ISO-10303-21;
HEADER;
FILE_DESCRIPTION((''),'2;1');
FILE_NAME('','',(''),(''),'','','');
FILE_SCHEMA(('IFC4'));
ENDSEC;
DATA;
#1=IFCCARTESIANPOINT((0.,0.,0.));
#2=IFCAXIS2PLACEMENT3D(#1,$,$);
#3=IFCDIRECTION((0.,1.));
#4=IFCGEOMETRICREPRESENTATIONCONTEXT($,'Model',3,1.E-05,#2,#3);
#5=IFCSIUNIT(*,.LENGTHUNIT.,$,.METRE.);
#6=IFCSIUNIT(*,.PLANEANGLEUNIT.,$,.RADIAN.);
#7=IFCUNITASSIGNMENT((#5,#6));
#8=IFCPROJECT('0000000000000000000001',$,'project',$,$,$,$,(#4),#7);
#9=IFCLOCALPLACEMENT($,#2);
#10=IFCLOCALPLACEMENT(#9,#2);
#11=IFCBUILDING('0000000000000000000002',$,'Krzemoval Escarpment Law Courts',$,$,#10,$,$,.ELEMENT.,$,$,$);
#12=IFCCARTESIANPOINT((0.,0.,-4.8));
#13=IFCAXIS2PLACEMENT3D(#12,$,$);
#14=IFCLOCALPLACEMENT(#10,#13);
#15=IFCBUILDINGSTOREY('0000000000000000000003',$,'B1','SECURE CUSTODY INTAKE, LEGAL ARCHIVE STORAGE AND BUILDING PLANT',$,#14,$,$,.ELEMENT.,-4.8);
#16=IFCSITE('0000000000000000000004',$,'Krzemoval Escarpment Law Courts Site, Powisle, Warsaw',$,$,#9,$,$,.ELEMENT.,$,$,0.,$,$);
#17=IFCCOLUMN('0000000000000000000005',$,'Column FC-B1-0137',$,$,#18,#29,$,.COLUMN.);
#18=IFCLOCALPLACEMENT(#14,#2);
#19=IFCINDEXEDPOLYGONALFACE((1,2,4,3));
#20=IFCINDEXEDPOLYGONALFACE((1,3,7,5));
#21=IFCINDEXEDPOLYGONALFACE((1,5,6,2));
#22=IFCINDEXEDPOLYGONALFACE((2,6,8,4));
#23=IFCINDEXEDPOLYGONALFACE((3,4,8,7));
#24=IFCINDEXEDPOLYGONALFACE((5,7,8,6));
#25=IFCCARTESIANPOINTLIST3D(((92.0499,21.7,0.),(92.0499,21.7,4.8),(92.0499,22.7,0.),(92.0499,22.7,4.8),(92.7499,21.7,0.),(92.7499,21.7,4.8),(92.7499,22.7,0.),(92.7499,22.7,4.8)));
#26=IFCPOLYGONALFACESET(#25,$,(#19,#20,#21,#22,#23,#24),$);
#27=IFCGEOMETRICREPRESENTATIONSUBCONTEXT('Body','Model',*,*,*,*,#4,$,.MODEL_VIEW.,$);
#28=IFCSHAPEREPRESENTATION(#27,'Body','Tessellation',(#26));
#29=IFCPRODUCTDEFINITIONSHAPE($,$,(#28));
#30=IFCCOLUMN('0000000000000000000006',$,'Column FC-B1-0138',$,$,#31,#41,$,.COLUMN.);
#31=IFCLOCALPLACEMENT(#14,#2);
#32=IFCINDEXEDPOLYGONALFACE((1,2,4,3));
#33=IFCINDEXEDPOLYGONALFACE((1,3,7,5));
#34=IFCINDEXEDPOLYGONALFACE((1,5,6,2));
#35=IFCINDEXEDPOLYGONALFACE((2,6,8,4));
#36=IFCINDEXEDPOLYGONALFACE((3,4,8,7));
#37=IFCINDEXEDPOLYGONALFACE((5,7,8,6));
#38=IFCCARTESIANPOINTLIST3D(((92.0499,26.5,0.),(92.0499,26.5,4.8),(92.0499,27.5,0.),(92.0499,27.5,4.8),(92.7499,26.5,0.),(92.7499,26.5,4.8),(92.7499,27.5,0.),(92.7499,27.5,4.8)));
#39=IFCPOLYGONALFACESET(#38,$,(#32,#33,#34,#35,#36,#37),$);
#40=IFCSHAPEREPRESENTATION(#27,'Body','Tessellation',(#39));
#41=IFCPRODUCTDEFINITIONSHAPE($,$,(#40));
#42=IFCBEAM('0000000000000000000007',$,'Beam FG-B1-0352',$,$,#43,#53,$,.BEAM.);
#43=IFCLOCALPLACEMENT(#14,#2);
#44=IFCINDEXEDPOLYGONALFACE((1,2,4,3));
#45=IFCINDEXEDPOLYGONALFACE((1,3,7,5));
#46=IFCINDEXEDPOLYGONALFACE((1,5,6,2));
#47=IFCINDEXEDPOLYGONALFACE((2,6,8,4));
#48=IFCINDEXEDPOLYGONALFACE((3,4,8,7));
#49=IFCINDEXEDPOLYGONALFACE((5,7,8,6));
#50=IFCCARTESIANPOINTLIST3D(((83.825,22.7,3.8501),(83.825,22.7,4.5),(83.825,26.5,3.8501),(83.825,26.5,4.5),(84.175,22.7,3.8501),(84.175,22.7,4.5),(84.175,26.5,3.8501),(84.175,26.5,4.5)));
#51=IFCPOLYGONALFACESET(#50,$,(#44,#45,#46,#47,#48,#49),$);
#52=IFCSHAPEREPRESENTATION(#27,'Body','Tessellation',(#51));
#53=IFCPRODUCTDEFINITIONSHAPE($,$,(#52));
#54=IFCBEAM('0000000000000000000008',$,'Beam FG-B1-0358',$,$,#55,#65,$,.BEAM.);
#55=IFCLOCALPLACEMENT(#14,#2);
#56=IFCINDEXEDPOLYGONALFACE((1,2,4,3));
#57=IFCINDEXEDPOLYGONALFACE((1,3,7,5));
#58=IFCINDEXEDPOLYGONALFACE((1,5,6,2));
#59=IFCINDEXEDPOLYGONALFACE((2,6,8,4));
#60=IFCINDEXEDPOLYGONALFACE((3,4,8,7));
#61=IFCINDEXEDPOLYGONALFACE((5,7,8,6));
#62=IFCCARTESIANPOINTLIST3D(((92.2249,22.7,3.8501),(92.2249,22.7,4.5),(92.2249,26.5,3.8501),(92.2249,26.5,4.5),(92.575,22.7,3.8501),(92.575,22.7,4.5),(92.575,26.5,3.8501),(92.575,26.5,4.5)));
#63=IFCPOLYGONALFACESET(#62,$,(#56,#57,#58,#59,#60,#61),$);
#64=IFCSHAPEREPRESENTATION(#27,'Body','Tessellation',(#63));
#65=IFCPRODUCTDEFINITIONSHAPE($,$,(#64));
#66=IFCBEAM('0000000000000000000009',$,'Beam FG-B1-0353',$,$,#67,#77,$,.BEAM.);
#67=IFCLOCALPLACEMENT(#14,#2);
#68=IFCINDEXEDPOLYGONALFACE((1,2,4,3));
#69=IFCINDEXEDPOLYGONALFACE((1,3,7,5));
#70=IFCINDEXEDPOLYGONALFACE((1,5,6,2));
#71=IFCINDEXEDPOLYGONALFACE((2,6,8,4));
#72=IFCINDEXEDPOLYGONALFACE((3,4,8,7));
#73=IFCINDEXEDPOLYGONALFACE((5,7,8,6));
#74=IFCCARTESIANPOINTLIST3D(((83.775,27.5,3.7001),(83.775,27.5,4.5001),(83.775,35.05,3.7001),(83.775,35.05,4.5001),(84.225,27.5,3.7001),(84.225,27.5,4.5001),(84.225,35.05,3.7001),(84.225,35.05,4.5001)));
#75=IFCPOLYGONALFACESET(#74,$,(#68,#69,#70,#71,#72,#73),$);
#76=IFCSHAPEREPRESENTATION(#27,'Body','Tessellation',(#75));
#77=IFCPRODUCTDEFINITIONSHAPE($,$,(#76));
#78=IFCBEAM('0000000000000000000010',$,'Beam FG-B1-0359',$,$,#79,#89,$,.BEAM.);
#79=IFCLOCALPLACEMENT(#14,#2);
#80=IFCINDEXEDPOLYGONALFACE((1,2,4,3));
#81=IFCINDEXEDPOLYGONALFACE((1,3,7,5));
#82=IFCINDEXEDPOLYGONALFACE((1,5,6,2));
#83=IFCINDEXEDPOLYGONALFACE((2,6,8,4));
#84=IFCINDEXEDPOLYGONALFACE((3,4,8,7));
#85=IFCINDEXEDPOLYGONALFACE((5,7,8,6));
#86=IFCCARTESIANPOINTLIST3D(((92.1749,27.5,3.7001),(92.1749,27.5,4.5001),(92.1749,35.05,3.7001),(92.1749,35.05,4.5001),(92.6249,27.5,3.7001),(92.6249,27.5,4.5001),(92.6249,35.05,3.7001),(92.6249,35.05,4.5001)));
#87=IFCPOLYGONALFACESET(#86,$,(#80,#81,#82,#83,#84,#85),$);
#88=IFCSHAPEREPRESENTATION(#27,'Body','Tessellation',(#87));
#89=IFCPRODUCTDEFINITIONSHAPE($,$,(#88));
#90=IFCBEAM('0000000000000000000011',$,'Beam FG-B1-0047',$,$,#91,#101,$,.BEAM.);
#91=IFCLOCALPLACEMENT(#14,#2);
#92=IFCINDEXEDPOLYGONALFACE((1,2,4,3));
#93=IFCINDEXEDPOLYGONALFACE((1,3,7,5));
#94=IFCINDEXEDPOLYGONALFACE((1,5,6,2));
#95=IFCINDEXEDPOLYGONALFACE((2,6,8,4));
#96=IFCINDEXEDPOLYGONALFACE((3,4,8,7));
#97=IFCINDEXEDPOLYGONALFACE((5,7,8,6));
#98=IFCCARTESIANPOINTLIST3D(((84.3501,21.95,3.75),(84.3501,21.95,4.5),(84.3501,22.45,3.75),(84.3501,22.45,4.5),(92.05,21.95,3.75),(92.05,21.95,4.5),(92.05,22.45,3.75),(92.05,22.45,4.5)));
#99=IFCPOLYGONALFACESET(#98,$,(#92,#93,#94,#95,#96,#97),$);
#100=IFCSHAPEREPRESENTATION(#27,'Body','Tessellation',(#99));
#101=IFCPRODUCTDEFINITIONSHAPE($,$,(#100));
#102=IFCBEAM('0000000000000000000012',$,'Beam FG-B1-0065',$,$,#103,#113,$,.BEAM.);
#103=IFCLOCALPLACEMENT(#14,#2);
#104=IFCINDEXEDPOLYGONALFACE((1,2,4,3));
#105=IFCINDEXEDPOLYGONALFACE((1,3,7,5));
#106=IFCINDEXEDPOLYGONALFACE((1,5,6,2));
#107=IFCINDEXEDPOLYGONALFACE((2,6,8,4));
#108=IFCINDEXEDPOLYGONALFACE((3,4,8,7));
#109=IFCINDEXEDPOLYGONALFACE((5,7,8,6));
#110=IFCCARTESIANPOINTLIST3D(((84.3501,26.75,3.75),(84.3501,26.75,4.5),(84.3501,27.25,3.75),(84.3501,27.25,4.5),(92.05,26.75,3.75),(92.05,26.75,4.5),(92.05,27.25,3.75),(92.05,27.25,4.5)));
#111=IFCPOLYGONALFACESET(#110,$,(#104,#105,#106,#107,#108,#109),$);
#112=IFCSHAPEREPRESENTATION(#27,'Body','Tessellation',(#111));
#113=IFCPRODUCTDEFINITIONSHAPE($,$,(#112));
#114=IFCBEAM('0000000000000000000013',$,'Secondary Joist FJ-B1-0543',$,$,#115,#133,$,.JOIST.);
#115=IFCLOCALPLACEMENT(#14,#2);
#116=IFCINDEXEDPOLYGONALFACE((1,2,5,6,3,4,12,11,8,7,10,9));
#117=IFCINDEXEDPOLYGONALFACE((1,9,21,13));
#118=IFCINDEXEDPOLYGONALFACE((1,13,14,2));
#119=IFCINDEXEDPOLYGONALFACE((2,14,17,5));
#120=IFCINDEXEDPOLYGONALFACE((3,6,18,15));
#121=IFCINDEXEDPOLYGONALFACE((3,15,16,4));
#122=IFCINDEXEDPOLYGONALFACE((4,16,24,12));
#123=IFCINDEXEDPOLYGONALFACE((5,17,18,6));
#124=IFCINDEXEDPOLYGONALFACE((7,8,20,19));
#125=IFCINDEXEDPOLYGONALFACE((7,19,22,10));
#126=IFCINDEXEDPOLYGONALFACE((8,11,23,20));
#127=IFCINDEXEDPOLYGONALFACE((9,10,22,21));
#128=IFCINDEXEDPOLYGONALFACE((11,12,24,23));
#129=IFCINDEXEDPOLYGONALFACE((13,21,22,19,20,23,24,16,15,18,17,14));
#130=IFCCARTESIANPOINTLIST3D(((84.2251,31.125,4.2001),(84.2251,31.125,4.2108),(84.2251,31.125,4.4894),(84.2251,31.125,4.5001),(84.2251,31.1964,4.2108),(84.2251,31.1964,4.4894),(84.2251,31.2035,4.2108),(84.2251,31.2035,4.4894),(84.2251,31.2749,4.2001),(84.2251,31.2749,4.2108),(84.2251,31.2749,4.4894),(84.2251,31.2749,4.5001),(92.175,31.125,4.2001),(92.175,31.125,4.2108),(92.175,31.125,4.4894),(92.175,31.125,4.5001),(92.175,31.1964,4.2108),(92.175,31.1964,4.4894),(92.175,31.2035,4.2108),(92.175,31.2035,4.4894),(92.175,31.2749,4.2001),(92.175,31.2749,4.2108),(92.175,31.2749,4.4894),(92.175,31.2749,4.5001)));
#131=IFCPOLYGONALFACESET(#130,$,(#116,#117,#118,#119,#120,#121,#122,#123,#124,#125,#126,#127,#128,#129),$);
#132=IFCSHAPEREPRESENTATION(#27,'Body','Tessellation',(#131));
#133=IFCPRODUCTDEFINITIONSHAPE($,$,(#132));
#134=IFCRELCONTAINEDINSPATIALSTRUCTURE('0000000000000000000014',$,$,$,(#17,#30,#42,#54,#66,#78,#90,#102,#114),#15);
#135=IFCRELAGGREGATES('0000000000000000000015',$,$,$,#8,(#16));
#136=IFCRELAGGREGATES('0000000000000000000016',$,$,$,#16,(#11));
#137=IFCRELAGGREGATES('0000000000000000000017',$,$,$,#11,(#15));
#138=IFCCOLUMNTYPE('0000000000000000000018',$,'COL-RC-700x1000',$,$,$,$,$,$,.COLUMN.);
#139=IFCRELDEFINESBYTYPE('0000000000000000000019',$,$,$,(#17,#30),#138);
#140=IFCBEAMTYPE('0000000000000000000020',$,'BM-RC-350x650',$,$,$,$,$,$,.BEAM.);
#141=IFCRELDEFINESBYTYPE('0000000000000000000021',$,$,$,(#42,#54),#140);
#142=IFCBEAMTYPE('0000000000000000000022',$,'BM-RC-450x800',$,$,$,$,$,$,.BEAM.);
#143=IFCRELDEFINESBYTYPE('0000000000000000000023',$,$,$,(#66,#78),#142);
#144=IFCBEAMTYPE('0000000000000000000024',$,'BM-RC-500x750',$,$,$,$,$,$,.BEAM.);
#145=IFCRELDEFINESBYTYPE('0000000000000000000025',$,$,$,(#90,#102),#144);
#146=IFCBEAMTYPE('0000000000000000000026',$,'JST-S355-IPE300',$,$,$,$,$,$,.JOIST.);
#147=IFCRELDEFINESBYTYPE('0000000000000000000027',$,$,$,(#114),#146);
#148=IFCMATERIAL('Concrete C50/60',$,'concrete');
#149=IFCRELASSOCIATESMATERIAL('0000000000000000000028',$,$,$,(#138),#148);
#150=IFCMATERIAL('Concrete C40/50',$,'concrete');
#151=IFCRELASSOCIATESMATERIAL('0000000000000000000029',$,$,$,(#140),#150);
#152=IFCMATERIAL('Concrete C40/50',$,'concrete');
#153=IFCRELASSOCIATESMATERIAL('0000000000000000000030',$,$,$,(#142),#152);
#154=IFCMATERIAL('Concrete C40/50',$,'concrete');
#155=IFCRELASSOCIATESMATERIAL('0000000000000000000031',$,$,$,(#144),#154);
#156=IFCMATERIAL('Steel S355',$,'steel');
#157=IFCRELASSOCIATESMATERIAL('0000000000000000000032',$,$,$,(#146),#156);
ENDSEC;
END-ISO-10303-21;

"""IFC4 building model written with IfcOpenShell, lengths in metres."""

from ifc_helpers import new_model, si_unit, direction, frame, origin, origin_2d, place, context, subcontext, project, spatial, rectangle, i_section, extrude, material, material_profile, profile_set, type_object, element, save


model = new_model("IFC4")

# Units and contexts
model_context = context("Model", 3, precision=1e-05, world=origin(), true_north=direction((0.0, 1.0)))
body_context = subcontext(model_context, "Body", "Model", "MODEL_VIEW")
ifc_project = project(units=[si_unit("LENGTHUNIT", "METRE"), si_unit("PLANEANGLEUNIT", "RADIAN")], contexts=[model_context])

# Site, building, storey
site_placement = place(None, origin())
site = spatial("IfcSite", under=ifc_project, at=site_placement, Name="Krzemoval Escarpment Law Courts Site, Powisle, Warsaw", CompositionType="ELEMENT", RefElevation=0.0)
building_placement = place(site_placement, origin())
building = spatial("IfcBuilding", under=site, at=building_placement, Name="Krzemoval Escarpment Law Courts", CompositionType="ELEMENT")
storey_placement = place(building_placement, frame((0.0, 0.0, -4.8)))
storey = spatial("IfcBuildingStorey", under=building, at=storey_placement, Name="B1", Description="SECURE CUSTODY INTAKE, LEGAL ARCHIVE STORAGE AND BUILDING PLANT", CompositionType="ELEMENT", Elevation=-4.8)

# Columns
ifc_material_1 = material(Name="Concrete C50/60", Category="concrete")
ifc_material_profile_1 = material_profile(ifc_material_1, rectangle(XDim=0.7, YDim=1.0, at=origin_2d()), Name="RC 700x1000")
ifc_profile_set_1 = profile_set([ifc_material_profile_1], Name="Concrete C50/60")
column_type = type_object("IfcColumnType", Name="COL-RC-700x1000", PredefinedType="COLUMN", material=ifc_profile_set_1)
for number, where, z_axis, x_axis, name in (
    (1, (92.3999, 22.2, 0.0), (0.0, 0.0, 1.0), (1.0, 0.0, 0.0), "Column FC-B1-0137"),
    (2, (92.3999, 27.0, 0.0), (0.0, 0.0, 1.0), (1.0, 0.0, 0.0), "Column FC-B1-0138"),
):
    element("IfcColumn", number, at=place(storey_placement, frame(where, z_axis=z_axis, x_axis=x_axis)), inside=storey, type_object=column_type, Name=name, PredefinedType="COLUMN", context=body_context, shape_type="SweptSolid", body=[
        extrude(rectangle(XDim=0.7, YDim=1.0, at=origin_2d()), origin(), (0.0, 0.0, 1.0), 4.8),
    ])

# Beams
ifc_material_2 = material(Name="Concrete C40/50", Category="concrete")
ifc_material_profile_2 = material_profile(ifc_material_2, rectangle(XDim=0.3501, YDim=0.6499, at=origin_2d()), Name="RCB 350x650")
ifc_profile_set_2 = profile_set([ifc_material_profile_2], Name="Concrete C40/50")
beam_type_1 = type_object("IfcBeamType", Name="BM-RC-350x650", PredefinedType="BEAM", material=ifc_profile_set_2)
for number, where, z_axis, x_axis, name in (
    (3, (84.0, 22.7, 4.175), (0.0, 1.0, 0.0), (-1.0, 0.0, 0.0), "Beam FG-B1-0352"),
    (4, (92.3999, 22.7, 4.175), (0.0, 1.0, 0.0), (-1.0, 0.0, 0.0), "Beam FG-B1-0358"),
):
    element("IfcBeam", number, at=place(storey_placement, frame(where, z_axis=z_axis, x_axis=x_axis)), inside=storey, type_object=beam_type_1, Name=name, PredefinedType="BEAM", context=body_context, shape_type="SweptSolid", body=[
        extrude(rectangle(XDim=0.3501, YDim=0.6499, at=origin_2d()), origin(), (0.0, 0.0, 1.0), 3.8),
    ])
ifc_material_3 = material(Name="Concrete C40/50", Category="concrete")
ifc_material_profile_3 = material_profile(ifc_material_3, rectangle(XDim=0.45, YDim=0.8, at=origin_2d()), Name="RCB 450x800")
ifc_profile_set_3 = profile_set([ifc_material_profile_3], Name="Concrete C40/50")
beam_type_2 = type_object("IfcBeamType", Name="BM-RC-450x800", PredefinedType="BEAM", material=ifc_profile_set_3)
for number, where, z_axis, x_axis, name in (
    (5, (84.0, 27.5, 4.1001), (0.0, 1.0, 0.0), (-1.0, 0.0, 0.0), "Beam FG-B1-0353"),
    (6, (92.3999, 27.5, 4.1001), (0.0, 1.0, 0.0), (-1.0, 0.0, 0.0), "Beam FG-B1-0359"),
):
    element("IfcBeam", number, at=place(storey_placement, frame(where, z_axis=z_axis, x_axis=x_axis)), inside=storey, type_object=beam_type_2, Name=name, PredefinedType="BEAM", context=body_context, shape_type="SweptSolid", body=[
        extrude(rectangle(XDim=0.45, YDim=0.8, at=origin_2d()), origin(), (0.0, 0.0, 1.0), 7.55),
    ])
ifc_material_4 = material(Name="Concrete C40/50", Category="concrete")
ifc_material_profile_4 = material_profile(ifc_material_4, rectangle(XDim=0.5, YDim=0.75, at=origin_2d()), Name="RCB 500x750")
ifc_profile_set_4 = profile_set([ifc_material_profile_4], Name="Concrete C40/50")
beam_type_3 = type_object("IfcBeamType", Name="BM-RC-500x750", PredefinedType="BEAM", material=ifc_profile_set_4)
for number, where, z_axis, x_axis, name in (
    (7, (84.3501, 22.2, 4.125), (1.0, 0.0, 0.0), (0.0, 1.0, 0.0), "Beam FG-B1-0047"),
    (8, (84.3501, 27.0, 4.125), (1.0, 0.0, 0.0), (0.0, 1.0, 0.0), "Beam FG-B1-0065"),
):
    element("IfcBeam", number, at=place(storey_placement, frame(where, z_axis=z_axis, x_axis=x_axis)), inside=storey, type_object=beam_type_3, Name=name, PredefinedType="BEAM", context=body_context, shape_type="SweptSolid", body=[
        extrude(rectangle(XDim=0.5, YDim=0.75, at=origin_2d()), origin(), (0.0, 0.0, 1.0), 7.7),
    ])
ifc_material_5 = material(Name="Steel S355", Category="steel")
ifc_material_profile_5 = material_profile(ifc_material_5, i_section(OverallWidth=0.1499, OverallDepth=0.3, WebThickness=0.0071, FlangeThickness=0.0107, at=origin_2d()), Name="IPE 300")
ifc_profile_set_5 = profile_set([ifc_material_profile_5], Name="Steel S355")
beam_type_4 = type_object("IfcBeamType", Name="JST-S355-IPE300", PredefinedType="JOIST", material=ifc_profile_set_5)
beam_placement = place(storey_placement, frame((84.2251, 31.2, 4.3501), z_axis=(1.0, 0.0, 0.0), x_axis=(0.0, 1.0, 0.0)))
element("IfcBeam", 9, at=beam_placement, inside=storey, type_object=beam_type_4, Name="Secondary Joist FJ-B1-0543", PredefinedType="JOIST", context=body_context, shape_type="SweptSolid", body=[
    extrude(i_section(OverallWidth=0.1499, OverallDepth=0.3, WebThickness=0.0071, FlangeThickness=0.0107, at=origin_2d()), origin(), (0.0, 0.0, 1.0), 7.95),
])

save(model, "model.ifc")
